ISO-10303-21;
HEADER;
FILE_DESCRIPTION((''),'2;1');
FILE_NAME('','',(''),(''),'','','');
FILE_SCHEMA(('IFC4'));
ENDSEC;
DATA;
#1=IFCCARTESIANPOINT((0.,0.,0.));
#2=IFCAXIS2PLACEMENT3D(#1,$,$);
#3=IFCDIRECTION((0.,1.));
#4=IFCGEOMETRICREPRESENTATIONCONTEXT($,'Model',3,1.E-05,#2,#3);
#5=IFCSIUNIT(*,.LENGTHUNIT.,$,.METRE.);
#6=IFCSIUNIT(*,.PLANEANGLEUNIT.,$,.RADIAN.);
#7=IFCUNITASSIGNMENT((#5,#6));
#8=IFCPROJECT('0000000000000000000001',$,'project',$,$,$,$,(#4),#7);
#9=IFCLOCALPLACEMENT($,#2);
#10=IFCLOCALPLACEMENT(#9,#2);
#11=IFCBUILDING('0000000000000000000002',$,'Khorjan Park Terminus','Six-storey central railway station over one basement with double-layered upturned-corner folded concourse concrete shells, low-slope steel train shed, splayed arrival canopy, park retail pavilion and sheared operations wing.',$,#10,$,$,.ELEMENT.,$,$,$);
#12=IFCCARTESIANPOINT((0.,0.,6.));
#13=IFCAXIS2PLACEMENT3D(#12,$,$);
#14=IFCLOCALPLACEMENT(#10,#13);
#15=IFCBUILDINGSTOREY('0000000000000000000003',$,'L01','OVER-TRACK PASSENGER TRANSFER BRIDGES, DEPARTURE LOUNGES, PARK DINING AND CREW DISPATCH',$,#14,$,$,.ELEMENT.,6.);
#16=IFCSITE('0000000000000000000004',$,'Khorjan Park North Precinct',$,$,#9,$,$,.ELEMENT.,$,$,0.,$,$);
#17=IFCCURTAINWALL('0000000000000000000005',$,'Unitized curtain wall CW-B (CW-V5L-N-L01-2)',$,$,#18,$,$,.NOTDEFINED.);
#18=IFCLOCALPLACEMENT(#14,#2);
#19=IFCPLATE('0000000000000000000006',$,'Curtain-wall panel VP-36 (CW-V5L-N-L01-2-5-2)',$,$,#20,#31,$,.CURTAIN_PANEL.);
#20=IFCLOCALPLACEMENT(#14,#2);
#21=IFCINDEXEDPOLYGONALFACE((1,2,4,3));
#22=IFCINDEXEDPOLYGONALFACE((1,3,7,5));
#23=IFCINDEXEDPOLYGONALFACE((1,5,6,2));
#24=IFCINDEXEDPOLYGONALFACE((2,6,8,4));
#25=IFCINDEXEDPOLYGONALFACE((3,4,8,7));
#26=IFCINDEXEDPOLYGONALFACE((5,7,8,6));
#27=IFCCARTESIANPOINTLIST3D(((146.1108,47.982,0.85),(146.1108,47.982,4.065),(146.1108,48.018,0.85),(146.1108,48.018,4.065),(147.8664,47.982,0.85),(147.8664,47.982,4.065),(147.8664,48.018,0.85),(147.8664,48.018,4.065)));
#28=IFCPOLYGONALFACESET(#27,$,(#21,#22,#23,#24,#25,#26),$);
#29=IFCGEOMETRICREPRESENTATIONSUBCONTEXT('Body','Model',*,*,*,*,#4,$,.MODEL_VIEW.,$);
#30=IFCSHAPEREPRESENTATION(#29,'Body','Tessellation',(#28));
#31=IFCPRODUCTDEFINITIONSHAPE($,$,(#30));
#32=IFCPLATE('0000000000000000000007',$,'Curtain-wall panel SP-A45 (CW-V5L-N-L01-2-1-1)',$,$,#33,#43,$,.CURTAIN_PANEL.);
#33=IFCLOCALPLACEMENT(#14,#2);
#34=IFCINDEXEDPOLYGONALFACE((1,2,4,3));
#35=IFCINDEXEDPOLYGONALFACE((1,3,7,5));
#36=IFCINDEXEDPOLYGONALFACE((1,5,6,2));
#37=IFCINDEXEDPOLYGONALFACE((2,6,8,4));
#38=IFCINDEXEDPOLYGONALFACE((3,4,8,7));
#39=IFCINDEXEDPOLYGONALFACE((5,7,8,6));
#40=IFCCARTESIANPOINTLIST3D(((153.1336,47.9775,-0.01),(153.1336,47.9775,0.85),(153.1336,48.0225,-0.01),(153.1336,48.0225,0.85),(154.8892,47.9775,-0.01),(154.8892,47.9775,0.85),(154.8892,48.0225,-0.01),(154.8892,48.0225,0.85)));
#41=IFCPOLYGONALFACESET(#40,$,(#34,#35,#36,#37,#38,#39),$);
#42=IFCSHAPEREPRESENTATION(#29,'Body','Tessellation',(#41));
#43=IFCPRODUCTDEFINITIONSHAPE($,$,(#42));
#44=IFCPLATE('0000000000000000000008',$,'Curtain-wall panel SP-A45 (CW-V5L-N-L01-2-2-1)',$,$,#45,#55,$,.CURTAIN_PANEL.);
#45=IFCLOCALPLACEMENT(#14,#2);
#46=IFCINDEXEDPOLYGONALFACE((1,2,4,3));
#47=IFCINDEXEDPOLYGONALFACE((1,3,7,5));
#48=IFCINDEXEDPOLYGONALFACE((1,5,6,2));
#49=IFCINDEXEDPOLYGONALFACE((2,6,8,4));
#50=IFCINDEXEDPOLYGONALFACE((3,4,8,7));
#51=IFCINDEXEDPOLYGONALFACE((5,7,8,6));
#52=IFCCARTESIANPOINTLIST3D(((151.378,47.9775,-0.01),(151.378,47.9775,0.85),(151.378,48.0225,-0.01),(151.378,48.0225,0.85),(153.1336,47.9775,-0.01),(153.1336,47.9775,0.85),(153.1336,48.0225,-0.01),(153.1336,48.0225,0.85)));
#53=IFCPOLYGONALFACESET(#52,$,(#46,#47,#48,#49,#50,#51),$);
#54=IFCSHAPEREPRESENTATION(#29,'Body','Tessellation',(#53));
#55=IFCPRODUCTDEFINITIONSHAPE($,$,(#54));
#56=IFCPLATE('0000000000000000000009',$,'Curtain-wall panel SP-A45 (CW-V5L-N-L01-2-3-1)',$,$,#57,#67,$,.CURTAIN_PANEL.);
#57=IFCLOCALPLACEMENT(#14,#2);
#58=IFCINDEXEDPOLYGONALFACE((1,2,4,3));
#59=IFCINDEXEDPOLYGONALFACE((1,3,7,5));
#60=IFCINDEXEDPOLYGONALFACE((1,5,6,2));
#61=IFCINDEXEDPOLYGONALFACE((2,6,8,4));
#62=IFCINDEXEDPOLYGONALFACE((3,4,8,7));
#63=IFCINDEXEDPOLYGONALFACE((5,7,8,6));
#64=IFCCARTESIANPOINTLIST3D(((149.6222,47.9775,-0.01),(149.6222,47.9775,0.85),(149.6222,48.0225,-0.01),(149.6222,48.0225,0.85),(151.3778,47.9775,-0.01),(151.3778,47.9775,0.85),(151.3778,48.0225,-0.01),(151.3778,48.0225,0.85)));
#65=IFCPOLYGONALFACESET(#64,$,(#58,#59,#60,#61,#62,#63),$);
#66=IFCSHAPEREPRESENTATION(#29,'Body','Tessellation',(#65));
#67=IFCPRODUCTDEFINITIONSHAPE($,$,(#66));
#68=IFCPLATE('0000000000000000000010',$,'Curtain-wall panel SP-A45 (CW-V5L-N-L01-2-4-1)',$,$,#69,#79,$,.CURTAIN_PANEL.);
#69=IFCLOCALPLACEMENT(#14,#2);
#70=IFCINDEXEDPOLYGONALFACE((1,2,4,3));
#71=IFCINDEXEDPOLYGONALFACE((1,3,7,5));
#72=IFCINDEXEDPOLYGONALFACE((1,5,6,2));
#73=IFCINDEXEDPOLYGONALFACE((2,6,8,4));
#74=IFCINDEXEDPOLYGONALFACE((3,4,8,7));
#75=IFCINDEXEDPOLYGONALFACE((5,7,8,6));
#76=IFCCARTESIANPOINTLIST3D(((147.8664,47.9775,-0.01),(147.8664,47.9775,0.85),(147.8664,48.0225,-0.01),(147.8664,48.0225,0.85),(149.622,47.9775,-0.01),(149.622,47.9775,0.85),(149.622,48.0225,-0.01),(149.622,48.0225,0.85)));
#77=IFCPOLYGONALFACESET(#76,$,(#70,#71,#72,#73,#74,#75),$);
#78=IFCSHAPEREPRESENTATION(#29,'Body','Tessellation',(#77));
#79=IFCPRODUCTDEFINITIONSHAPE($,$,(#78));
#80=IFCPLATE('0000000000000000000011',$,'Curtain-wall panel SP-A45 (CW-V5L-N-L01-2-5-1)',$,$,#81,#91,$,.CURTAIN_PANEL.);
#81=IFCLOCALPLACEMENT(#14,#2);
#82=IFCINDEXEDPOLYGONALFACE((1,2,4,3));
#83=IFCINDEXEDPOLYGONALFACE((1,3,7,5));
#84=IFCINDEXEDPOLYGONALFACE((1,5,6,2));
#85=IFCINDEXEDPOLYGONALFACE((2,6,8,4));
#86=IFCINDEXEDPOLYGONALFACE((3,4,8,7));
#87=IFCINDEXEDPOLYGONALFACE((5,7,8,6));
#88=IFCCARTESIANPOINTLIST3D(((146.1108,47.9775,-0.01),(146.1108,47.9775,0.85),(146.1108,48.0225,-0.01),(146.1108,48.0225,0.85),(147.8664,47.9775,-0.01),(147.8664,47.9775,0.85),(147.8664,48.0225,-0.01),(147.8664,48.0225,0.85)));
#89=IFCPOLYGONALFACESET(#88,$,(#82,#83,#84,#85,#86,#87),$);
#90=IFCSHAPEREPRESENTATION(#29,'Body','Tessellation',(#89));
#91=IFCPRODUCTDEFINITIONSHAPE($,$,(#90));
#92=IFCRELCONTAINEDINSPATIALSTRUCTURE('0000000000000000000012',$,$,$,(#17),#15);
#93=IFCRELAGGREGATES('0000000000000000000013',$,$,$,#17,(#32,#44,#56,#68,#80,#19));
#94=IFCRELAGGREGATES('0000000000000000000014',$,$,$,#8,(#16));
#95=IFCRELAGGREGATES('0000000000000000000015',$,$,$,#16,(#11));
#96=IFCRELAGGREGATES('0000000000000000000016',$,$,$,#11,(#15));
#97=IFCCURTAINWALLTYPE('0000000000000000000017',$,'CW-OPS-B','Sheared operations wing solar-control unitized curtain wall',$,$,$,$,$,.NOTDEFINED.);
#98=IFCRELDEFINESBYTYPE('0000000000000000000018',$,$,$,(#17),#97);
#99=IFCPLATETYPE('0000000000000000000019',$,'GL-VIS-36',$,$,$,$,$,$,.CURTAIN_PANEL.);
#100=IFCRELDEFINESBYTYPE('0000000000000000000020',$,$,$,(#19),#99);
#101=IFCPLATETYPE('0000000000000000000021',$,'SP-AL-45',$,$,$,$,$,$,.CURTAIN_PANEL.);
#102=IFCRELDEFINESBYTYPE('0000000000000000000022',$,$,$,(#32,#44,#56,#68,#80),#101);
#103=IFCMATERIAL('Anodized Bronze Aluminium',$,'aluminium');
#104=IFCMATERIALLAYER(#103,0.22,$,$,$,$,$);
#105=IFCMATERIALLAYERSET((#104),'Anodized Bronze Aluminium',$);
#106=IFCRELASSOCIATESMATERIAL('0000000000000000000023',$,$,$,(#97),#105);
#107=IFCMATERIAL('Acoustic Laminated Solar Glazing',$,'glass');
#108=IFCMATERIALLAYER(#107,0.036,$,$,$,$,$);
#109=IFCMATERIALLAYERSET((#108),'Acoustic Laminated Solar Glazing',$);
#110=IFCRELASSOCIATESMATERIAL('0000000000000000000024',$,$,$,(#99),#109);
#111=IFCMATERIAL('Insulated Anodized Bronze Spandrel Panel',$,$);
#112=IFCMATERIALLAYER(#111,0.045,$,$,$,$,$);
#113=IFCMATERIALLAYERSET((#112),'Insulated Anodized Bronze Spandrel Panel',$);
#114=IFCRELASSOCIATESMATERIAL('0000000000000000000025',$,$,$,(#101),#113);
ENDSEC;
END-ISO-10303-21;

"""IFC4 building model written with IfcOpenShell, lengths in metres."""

from ifc_helpers import new_model, si_unit, direction, frame, origin, origin_2d, place, context, subcontext, project, spatial, rectangle, extrude, material, layer, layer_set, type_object, element, aggregate, save


model = new_model("IFC4")

# Units and contexts
model_context = context("Model", 3, precision=1e-05, world=origin(), true_north=direction((0.0, 1.0)))
body_context = subcontext(model_context, "Body", "Model", "MODEL_VIEW")
ifc_project = project(units=[si_unit("LENGTHUNIT", "METRE"), si_unit("PLANEANGLEUNIT", "RADIAN")], contexts=[model_context])

# Site, building, storey
site_placement = place(None, origin())
site = spatial("IfcSite", under=ifc_project, at=site_placement, Name="Khorjan Park North Precinct", CompositionType="ELEMENT", RefElevation=0.0)
building_placement = place(site_placement, origin())
building = spatial("IfcBuilding", under=site, at=building_placement, Name="Khorjan Park Terminus", Description="Six-storey central railway station over one basement with double-layered upturned-corner folded concourse concrete shells, low-slope steel train shed, splayed arrival canopy, park retail pavilion and sheared operations wing.", CompositionType="ELEMENT")
storey_placement = place(building_placement, frame((0.0, 0.0, 6.0)))
storey = spatial("IfcBuildingStorey", under=building, at=storey_placement, Name="L01", Description="OVER-TRACK PASSENGER TRANSFER BRIDGES, DEPARTURE LOUNGES, PARK DINING AND CREW DISPATCH", CompositionType="ELEMENT", Elevation=6.0)

# Curtain wall, plates
ifc_material_1 = material(Name="Anodized Bronze Aluminium", Category="aluminium")
ifc_layer_1 = layer(ifc_material_1, 0.22)
ifc_layer_set_1 = layer_set([ifc_layer_1], Name="Anodized Bronze Aluminium")
curtain_wall_type = type_object("IfcCurtainWallType", Name="CW-OPS-B", Description="Sheared operations wing solar-control unitized curtain wall", PredefinedType="NOTDEFINED", material=ifc_layer_set_1)
curtain_wall_placement = place(storey_placement, origin())
curtain_wall = element("IfcCurtainWall", 1, at=curtain_wall_placement, inside=storey, type_object=curtain_wall_type, Name="Unitized curtain wall CW-B (CW-V5L-N-L01-2)", PredefinedType="NOTDEFINED")
ifc_material_2 = material(Name="Acoustic Laminated Solar Glazing", Category="glass")
ifc_layer_2 = layer(ifc_material_2, 0.036)
ifc_layer_set_2 = layer_set([ifc_layer_2], Name="Acoustic Laminated Solar Glazing")
plate_type_1 = type_object("IfcPlateType", Name="GL-VIS-36", PredefinedType="CURTAIN_PANEL", material=ifc_layer_set_2)
plate_1_placement = place(storey_placement, frame((146.9886, 48.0, 0.85), z_axis=(0.0, 0.0, 1.0), x_axis=(-1.0, 0.0, 0.0)))
plate_1 = element("IfcPlate", 2, at=plate_1_placement, type_object=plate_type_1, Name="Curtain-wall panel VP-36 (CW-V5L-N-L01-2-5-2)", PredefinedType="CURTAIN_PANEL", context=body_context, shape_type="SweptSolid", body=[
    extrude(rectangle(XDim=1.7557, YDim=0.036, at=origin_2d()), origin(), (0.0, 0.0, 1.0), 3.215),
])
ifc_material_3 = material(Name="Insulated Anodized Bronze Spandrel Panel")
ifc_layer_3 = layer(ifc_material_3, 0.045)
ifc_layer_set_3 = layer_set([ifc_layer_3], Name="Insulated Anodized Bronze Spandrel Panel")
plate_type_2 = type_object("IfcPlateType", Name="SP-AL-45", PredefinedType="CURTAIN_PANEL", material=ifc_layer_set_3)
plate_2_placement = place(storey_placement, frame((154.0114, 48.0, -0.01), z_axis=(0.0, 0.0, 1.0), x_axis=(-1.0, 0.0, 0.0)))
plate_2 = element("IfcPlate", 3, at=plate_2_placement, type_object=plate_type_2, Name="Curtain-wall panel SP-A45 (CW-V5L-N-L01-2-1-1)", PredefinedType="CURTAIN_PANEL", context=body_context, shape_type="SweptSolid", body=[
    extrude(rectangle(XDim=1.7557, YDim=0.045, at=origin_2d()), origin(), (0.0, 0.0, 1.0), 0.86),
])
plate_3_placement = place(storey_placement, frame((152.2558, 48.0, -0.01), z_axis=(0.0, 0.0, 1.0), x_axis=(-1.0, 0.0, 0.0)))
plate_3 = element("IfcPlate", 4, at=plate_3_placement, type_object=plate_type_2, Name="Curtain-wall panel SP-A45 (CW-V5L-N-L01-2-2-1)", PredefinedType="CURTAIN_PANEL", context=body_context, shape_type="SweptSolid", body=[
    extrude(rectangle(XDim=1.7557, YDim=0.045, at=origin_2d()), origin(), (0.0, 0.0, 1.0), 0.86),
])
plate_4_placement = place(storey_placement, frame((150.5, 48.0, -0.01), z_axis=(0.0, 0.0, 1.0), x_axis=(-1.0, 0.0, 0.0)))
plate_4 = element("IfcPlate", 5, at=plate_4_placement, type_object=plate_type_2, Name="Curtain-wall panel SP-A45 (CW-V5L-N-L01-2-3-1)", PredefinedType="CURTAIN_PANEL", context=body_context, shape_type="SweptSolid", body=[
    extrude(rectangle(XDim=1.7557, YDim=0.045, at=origin_2d()), origin(), (0.0, 0.0, 1.0), 0.86),
])
plate_5_placement = place(storey_placement, frame((148.7442, 48.0, -0.01), z_axis=(0.0, 0.0, 1.0), x_axis=(-1.0, 0.0, 0.0)))
plate_5 = element("IfcPlate", 6, at=plate_5_placement, type_object=plate_type_2, Name="Curtain-wall panel SP-A45 (CW-V5L-N-L01-2-4-1)", PredefinedType="CURTAIN_PANEL", context=body_context, shape_type="SweptSolid", body=[
    extrude(rectangle(XDim=1.7557, YDim=0.045, at=origin_2d()), origin(), (0.0, 0.0, 1.0), 0.86),
])
plate_6_placement = place(storey_placement, frame((146.9886, 48.0, -0.01), z_axis=(0.0, 0.0, 1.0), x_axis=(-1.0, 0.0, 0.0)))
plate_6 = element("IfcPlate", 7, at=plate_6_placement, type_object=plate_type_2, Name="Curtain-wall panel SP-A45 (CW-V5L-N-L01-2-5-1)", PredefinedType="CURTAIN_PANEL", context=body_context, shape_type="SweptSolid", body=[
    extrude(rectangle(XDim=1.7557, YDim=0.045, at=origin_2d()), origin(), (0.0, 0.0, 1.0), 0.86),
])
aggregate(curtain_wall, [plate_2, plate_3, plate_4, plate_5, plate_6, plate_1])

save(model, "model.ifc")
